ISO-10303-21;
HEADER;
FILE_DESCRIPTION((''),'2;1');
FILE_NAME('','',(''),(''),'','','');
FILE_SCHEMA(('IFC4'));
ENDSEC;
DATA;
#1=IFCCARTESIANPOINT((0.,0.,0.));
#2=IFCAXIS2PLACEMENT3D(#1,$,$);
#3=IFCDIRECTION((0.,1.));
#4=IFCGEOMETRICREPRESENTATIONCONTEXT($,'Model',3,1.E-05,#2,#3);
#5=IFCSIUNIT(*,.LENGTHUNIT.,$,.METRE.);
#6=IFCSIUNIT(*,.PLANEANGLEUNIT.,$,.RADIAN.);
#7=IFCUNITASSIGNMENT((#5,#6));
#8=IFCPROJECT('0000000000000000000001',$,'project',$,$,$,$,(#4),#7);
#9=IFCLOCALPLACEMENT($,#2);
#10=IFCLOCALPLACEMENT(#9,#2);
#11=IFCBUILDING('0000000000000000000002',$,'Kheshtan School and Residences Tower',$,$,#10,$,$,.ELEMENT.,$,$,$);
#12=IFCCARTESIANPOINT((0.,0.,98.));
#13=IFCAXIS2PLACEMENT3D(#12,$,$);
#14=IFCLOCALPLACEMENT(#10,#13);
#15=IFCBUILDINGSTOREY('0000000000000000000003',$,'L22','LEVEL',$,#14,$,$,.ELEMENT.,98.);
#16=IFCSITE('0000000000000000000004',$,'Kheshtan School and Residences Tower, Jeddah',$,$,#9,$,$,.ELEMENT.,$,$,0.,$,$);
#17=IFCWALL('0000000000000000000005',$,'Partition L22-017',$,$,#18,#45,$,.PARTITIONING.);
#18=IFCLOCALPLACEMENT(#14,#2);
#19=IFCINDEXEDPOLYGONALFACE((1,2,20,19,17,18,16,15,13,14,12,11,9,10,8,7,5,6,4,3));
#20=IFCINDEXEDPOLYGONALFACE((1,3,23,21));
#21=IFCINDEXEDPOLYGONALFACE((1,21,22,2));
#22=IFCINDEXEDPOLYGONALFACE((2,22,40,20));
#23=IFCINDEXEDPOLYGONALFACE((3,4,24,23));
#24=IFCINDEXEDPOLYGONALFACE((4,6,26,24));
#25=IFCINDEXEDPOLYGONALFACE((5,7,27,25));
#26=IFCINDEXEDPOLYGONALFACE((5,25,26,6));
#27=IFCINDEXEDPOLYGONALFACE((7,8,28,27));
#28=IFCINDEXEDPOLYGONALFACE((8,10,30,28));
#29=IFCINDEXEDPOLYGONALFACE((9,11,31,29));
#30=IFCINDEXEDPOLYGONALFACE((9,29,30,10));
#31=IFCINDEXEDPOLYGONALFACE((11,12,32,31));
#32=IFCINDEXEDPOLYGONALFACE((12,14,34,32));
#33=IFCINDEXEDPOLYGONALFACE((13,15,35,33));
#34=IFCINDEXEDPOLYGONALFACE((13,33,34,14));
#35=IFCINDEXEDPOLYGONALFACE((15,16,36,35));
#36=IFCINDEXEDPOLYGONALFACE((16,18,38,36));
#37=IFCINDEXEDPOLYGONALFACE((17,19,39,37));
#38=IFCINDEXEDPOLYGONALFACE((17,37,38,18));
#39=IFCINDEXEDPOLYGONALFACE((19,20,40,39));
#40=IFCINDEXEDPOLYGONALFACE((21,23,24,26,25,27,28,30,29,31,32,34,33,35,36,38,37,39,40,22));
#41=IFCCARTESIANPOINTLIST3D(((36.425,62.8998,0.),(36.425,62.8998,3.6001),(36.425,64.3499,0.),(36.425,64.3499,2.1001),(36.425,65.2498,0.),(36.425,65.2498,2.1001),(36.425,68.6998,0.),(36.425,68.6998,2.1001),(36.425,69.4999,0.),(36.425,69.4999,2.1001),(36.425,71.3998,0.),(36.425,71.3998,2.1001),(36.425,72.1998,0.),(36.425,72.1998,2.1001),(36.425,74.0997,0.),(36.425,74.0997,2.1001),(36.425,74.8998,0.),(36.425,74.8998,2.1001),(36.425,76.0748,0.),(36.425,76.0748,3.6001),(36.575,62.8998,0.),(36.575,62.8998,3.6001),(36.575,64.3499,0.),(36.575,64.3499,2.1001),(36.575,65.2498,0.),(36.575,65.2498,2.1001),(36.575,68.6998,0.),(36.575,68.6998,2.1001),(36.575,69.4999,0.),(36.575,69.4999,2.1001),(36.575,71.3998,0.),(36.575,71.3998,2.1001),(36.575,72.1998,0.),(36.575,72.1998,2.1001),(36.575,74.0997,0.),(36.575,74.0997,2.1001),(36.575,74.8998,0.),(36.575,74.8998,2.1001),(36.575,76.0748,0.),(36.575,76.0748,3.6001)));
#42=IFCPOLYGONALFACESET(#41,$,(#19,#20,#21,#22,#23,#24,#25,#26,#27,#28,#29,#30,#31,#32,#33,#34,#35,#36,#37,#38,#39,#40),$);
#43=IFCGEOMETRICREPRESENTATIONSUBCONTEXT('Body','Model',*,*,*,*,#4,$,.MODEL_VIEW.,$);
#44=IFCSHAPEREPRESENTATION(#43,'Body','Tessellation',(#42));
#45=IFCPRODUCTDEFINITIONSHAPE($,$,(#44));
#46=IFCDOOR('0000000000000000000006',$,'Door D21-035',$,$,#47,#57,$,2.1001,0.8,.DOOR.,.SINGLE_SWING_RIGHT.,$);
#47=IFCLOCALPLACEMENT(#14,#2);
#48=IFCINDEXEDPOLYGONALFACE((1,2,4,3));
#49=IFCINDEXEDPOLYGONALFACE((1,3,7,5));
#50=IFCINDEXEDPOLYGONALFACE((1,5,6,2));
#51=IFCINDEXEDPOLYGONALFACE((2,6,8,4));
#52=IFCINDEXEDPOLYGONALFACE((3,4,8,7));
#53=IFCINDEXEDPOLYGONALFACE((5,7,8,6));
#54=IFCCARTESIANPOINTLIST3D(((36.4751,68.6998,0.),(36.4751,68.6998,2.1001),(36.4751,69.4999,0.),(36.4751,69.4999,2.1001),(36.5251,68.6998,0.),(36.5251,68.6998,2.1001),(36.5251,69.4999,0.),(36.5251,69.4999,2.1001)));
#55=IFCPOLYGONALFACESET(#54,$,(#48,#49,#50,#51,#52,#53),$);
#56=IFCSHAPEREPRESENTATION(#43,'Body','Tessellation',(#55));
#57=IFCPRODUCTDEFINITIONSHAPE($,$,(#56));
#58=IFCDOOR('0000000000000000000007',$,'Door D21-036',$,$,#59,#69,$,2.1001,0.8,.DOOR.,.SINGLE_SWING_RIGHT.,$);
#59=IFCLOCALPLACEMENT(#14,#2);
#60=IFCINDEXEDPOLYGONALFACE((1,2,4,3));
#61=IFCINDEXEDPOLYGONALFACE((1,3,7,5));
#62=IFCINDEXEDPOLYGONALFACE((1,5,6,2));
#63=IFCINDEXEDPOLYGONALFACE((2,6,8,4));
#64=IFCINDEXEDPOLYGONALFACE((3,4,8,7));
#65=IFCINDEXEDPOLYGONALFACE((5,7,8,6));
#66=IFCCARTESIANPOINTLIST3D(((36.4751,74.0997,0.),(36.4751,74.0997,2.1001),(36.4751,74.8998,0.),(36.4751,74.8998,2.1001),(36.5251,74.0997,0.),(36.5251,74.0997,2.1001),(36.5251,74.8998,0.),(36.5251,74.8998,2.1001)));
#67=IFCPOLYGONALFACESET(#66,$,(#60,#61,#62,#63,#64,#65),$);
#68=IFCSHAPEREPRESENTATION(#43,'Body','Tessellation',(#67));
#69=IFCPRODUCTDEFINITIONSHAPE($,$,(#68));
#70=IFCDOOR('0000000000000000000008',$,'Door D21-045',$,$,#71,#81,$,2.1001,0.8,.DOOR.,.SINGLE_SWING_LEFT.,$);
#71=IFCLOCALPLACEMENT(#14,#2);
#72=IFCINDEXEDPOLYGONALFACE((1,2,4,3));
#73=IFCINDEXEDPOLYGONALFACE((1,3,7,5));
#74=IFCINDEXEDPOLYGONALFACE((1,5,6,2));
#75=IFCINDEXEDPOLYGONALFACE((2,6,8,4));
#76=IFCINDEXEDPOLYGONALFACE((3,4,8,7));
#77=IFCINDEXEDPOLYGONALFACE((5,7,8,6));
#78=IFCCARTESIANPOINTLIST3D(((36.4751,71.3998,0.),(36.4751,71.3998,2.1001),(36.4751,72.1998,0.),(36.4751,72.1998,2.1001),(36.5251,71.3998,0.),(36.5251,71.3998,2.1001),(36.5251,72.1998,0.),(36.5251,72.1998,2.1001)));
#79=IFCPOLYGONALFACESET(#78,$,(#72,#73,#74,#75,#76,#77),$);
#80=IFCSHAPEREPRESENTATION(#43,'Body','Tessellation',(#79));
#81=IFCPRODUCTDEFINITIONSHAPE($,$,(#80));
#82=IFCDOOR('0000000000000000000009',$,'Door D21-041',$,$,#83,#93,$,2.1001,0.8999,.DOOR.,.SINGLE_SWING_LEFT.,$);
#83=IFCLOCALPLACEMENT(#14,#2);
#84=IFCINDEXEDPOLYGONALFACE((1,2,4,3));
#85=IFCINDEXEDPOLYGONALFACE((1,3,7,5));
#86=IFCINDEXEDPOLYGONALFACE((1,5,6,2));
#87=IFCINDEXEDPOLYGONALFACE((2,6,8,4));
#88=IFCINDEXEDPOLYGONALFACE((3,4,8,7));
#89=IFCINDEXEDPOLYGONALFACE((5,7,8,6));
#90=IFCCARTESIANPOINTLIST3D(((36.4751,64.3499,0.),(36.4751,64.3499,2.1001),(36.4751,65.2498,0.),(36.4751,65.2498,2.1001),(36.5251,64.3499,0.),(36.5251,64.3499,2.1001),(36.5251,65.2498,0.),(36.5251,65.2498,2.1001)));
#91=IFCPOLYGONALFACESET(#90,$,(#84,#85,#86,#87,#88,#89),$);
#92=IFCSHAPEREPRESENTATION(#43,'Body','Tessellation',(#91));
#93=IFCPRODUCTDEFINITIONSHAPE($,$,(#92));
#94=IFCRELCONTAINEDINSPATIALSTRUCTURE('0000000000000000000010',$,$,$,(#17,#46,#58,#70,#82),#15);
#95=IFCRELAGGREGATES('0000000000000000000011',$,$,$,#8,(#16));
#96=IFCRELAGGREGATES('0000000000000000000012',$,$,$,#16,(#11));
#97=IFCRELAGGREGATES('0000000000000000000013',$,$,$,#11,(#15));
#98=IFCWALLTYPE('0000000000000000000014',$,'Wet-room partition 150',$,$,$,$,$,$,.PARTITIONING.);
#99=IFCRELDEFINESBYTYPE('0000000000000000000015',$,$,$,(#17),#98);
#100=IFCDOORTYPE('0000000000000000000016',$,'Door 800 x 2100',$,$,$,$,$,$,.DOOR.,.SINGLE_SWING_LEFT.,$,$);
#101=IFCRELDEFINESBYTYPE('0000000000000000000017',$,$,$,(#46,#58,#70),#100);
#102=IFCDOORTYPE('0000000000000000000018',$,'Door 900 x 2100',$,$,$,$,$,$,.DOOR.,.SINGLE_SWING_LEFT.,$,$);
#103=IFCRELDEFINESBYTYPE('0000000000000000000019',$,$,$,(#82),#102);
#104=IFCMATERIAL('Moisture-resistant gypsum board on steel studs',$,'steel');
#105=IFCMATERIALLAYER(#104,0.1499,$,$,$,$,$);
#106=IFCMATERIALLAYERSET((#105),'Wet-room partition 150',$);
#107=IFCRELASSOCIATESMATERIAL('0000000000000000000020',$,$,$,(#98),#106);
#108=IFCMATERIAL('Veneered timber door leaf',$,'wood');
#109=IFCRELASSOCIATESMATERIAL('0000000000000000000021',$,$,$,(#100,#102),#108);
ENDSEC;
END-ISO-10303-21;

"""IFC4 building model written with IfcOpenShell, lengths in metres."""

from ifc_helpers import new_model, si_unit, direction, frame, frame_2d, origin, place, context, subcontext, project, spatial, rectangle, extrude, source, transform, mapped, material, layer, layer_set, type_object, element, fill, save


model = new_model("IFC4")

# Units and contexts
model_context = context("Model", 3, precision=1e-05, world=origin(), true_north=direction((0.0, 1.0)))
body_context = subcontext(model_context, "Body", "Model", "MODEL_VIEW")
ifc_project = project(units=[si_unit("LENGTHUNIT", "METRE"), si_unit("PLANEANGLEUNIT", "RADIAN")], contexts=[model_context])

# Site, building, storey
site_placement = place(None, origin())
site = spatial("IfcSite", under=ifc_project, at=site_placement, Name="Kheshtan School and Residences Tower, Jeddah", CompositionType="ELEMENT", RefElevation=0.0)
building_placement = place(site_placement, origin())
building = spatial("IfcBuilding", under=site, at=building_placement, Name="Kheshtan School and Residences Tower", CompositionType="ELEMENT")
storey_placement = place(building_placement, frame((0.0, 0.0, 98.0)))
storey = spatial("IfcBuildingStorey", under=building, at=storey_placement, Name="L22", Description="LEVEL", CompositionType="ELEMENT", Elevation=98.0)

# Shared definitions
ifc_material_1 = material(Name="Moisture-resistant gypsum board on steel studs", Category="steel")
ifc_layer_1 = layer(ifc_material_1, 0.1499)
ifc_layer_set_1 = layer_set([ifc_layer_1], Name="Wet-room partition 150")
wall_type_1 = type_object("IfcWallType", Name="Wet-room partition 150", PredefinedType="PARTITIONING", material=ifc_layer_set_1)

# Shared definitions
ifc_material_2 = material(Name="Veneered timber door leaf", Category="wood")
door_type_1 = type_object("IfcDoorType", Name="Door 800 x 2100", OperationType="SINGLE_SWING_LEFT", PredefinedType="DOOR", material=ifc_material_2)
shared_shape_1 = source(origin(), body_context, "Body", "SweptSolid", [
    extrude(rectangle(XDim=0.8, YDim=2.1001, at=frame_2d((0.3999, 1.05))), frame((0.0, 0.0249, 0.0), z_axis=(0.0, -1.0, 0.0), x_axis=(1.0, 0.0, 0.0)), (0.0, 0.0, 1.0), 0.05),
])

# Wall, openings, doors
wall_1_placement = place(storey_placement, frame((36.5, 62.8999, 0.0), z_axis=(0.0, 0.0, 1.0), x_axis=(0.0, 1.0, 0.0)))
wall_1 = element("IfcWall", 1, at=wall_1_placement, inside=storey, type_object=wall_type_1, Name="Partition L22-017", PredefinedType="PARTITIONING", context=body_context, shape_type="SweptSolid", body=[
    extrude(rectangle(XDim=13.175, YDim=0.1499, at=frame_2d((6.5874, 0.0))), origin(), (0.0, 0.0, 1.0), 3.6001),
])
opening_1_placement = place(wall_1_placement, frame((5.8, 0.0, 0.0)))
opening_1 = element("IfcOpeningElement", 2, at=opening_1_placement, cuts=wall_1, PredefinedType="OPENING", context=body_context, shape_type="SweptSolid", body=[
    extrude(rectangle(XDim=0.8, YDim=2.1001, at=frame_2d((0.3999, 1.05))), frame((0.0, 0.085, 0.0), z_axis=(0.0, -1.0, 0.0), x_axis=(1.0, 0.0, 0.0)), (0.0, 0.0, 1.0), 0.1699),
])
opening_2_placement = place(wall_1_placement, frame((11.2, 0.0, 0.0)))
opening_2 = element("IfcOpeningElement", 3, at=opening_2_placement, cuts=wall_1, PredefinedType="OPENING", context=body_context, shape_type="SweptSolid", body=[
    extrude(rectangle(XDim=0.8, YDim=2.1001, at=frame_2d((0.3999, 1.05))), frame((0.0, 0.085, 0.0), z_axis=(0.0, -1.0, 0.0), x_axis=(1.0, 0.0, 0.0)), (0.0, 0.0, 1.0), 0.1699),
])
opening_3_placement = place(wall_1_placement, frame((1.45, 0.0, 0.0)))
opening_3 = element("IfcOpeningElement", 4, at=opening_3_placement, cuts=wall_1, PredefinedType="OPENING", context=body_context, shape_type="SweptSolid", body=[
    extrude(rectangle(XDim=0.8999, YDim=2.1001, at=frame_2d((0.45, 1.05))), frame((0.0, 0.085, 0.0), z_axis=(0.0, -1.0, 0.0), x_axis=(1.0, 0.0, 0.0)), (0.0, 0.0, 1.0), 0.1699),
])
opening_4_placement = place(wall_1_placement, frame((8.5, 0.0, 0.0)))
opening_4 = element("IfcOpeningElement", 5, at=opening_4_placement, cuts=wall_1, PredefinedType="OPENING", context=body_context, shape_type="SweptSolid", body=[
    extrude(rectangle(XDim=0.8, YDim=2.1001, at=frame_2d((0.3999, 1.05))), frame((0.0, 0.085, 0.0), z_axis=(0.0, -1.0, 0.0), x_axis=(1.0, 0.0, 0.0)), (0.0, 0.0, 1.0), 0.1699),
])
door_1_placement = place(opening_1_placement, origin())
door_1 = element("IfcDoor", 6, at=door_1_placement, inside=storey, type_object=door_type_1, Name="Door D21-035", OperationType="SINGLE_SWING_RIGHT", OverallHeight=2.1001, OverallWidth=0.8, PredefinedType="DOOR", context=body_context, shape_type="MappedRepresentation", body=[
    mapped(shared_shape_1, transform((0.0, 0.0, 0.0), x_axis=(1.0, 0.0, 0.0), y_axis=(0.0, 1.0, 0.0), z_axis=(0.0, 0.0, 1.0), scale=1.0)),
])
fill(opening_1, door_1)
door_2_placement = place(opening_2_placement, origin())
door_2 = element("IfcDoor", 7, at=door_2_placement, inside=storey, type_object=door_type_1, Name="Door D21-036", OperationType="SINGLE_SWING_RIGHT", OverallHeight=2.1001, OverallWidth=0.8, PredefinedType="DOOR", context=body_context, shape_type="MappedRepresentation", body=[
    mapped(shared_shape_1, transform((0.0, 0.0, 0.0), x_axis=(1.0, 0.0, 0.0), y_axis=(0.0, 1.0, 0.0), z_axis=(0.0, 0.0, 1.0), scale=1.0)),
])
fill(opening_2, door_2)
door_3_placement = place(opening_4_placement, origin())
door_3 = element("IfcDoor", 8, at=door_3_placement, inside=storey, type_object=door_type_1, Name="Door D21-045", OperationType="SINGLE_SWING_LEFT", OverallHeight=2.1001, OverallWidth=0.8, PredefinedType="DOOR", context=body_context, shape_type="MappedRepresentation", body=[
    mapped(shared_shape_1, transform((0.0, 0.0, 0.0), x_axis=(1.0, 0.0, 0.0), y_axis=(0.0, 1.0, 0.0), z_axis=(0.0, 0.0, 1.0), scale=1.0)),
])
fill(opening_4, door_3)
door_type_2 = type_object("IfcDoorType", Name="Door 900 x 2100", OperationType="SINGLE_SWING_LEFT", PredefinedType="DOOR", material=ifc_material_2)
shared_shape_2 = source(origin(), body_context, "Body", "SweptSolid", [
    extrude(rectangle(XDim=0.8999, YDim=2.1001, at=frame_2d((0.45, 1.05))), frame((0.0, 0.0249, 0.0), z_axis=(0.0, -1.0, 0.0), x_axis=(1.0, 0.0, 0.0)), (0.0, 0.0, 1.0), 0.05),
])
door_4_placement = place(opening_3_placement, origin())
door_4 = element("IfcDoor", 9, at=door_4_placement, inside=storey, type_object=door_type_2, Name="Door D21-041", OperationType="SINGLE_SWING_LEFT", OverallHeight=2.1001, OverallWidth=0.8999, PredefinedType="DOOR", context=body_context, shape_type="MappedRepresentation", body=[
    mapped(shared_shape_2, transform((0.0, 0.0, 0.0), x_axis=(1.0, 0.0, 0.0), y_axis=(0.0, 1.0, 0.0), z_axis=(0.0, 0.0, 1.0), scale=1.0)),
])
fill(opening_3, door_4)

save(model, "model.ifc")
